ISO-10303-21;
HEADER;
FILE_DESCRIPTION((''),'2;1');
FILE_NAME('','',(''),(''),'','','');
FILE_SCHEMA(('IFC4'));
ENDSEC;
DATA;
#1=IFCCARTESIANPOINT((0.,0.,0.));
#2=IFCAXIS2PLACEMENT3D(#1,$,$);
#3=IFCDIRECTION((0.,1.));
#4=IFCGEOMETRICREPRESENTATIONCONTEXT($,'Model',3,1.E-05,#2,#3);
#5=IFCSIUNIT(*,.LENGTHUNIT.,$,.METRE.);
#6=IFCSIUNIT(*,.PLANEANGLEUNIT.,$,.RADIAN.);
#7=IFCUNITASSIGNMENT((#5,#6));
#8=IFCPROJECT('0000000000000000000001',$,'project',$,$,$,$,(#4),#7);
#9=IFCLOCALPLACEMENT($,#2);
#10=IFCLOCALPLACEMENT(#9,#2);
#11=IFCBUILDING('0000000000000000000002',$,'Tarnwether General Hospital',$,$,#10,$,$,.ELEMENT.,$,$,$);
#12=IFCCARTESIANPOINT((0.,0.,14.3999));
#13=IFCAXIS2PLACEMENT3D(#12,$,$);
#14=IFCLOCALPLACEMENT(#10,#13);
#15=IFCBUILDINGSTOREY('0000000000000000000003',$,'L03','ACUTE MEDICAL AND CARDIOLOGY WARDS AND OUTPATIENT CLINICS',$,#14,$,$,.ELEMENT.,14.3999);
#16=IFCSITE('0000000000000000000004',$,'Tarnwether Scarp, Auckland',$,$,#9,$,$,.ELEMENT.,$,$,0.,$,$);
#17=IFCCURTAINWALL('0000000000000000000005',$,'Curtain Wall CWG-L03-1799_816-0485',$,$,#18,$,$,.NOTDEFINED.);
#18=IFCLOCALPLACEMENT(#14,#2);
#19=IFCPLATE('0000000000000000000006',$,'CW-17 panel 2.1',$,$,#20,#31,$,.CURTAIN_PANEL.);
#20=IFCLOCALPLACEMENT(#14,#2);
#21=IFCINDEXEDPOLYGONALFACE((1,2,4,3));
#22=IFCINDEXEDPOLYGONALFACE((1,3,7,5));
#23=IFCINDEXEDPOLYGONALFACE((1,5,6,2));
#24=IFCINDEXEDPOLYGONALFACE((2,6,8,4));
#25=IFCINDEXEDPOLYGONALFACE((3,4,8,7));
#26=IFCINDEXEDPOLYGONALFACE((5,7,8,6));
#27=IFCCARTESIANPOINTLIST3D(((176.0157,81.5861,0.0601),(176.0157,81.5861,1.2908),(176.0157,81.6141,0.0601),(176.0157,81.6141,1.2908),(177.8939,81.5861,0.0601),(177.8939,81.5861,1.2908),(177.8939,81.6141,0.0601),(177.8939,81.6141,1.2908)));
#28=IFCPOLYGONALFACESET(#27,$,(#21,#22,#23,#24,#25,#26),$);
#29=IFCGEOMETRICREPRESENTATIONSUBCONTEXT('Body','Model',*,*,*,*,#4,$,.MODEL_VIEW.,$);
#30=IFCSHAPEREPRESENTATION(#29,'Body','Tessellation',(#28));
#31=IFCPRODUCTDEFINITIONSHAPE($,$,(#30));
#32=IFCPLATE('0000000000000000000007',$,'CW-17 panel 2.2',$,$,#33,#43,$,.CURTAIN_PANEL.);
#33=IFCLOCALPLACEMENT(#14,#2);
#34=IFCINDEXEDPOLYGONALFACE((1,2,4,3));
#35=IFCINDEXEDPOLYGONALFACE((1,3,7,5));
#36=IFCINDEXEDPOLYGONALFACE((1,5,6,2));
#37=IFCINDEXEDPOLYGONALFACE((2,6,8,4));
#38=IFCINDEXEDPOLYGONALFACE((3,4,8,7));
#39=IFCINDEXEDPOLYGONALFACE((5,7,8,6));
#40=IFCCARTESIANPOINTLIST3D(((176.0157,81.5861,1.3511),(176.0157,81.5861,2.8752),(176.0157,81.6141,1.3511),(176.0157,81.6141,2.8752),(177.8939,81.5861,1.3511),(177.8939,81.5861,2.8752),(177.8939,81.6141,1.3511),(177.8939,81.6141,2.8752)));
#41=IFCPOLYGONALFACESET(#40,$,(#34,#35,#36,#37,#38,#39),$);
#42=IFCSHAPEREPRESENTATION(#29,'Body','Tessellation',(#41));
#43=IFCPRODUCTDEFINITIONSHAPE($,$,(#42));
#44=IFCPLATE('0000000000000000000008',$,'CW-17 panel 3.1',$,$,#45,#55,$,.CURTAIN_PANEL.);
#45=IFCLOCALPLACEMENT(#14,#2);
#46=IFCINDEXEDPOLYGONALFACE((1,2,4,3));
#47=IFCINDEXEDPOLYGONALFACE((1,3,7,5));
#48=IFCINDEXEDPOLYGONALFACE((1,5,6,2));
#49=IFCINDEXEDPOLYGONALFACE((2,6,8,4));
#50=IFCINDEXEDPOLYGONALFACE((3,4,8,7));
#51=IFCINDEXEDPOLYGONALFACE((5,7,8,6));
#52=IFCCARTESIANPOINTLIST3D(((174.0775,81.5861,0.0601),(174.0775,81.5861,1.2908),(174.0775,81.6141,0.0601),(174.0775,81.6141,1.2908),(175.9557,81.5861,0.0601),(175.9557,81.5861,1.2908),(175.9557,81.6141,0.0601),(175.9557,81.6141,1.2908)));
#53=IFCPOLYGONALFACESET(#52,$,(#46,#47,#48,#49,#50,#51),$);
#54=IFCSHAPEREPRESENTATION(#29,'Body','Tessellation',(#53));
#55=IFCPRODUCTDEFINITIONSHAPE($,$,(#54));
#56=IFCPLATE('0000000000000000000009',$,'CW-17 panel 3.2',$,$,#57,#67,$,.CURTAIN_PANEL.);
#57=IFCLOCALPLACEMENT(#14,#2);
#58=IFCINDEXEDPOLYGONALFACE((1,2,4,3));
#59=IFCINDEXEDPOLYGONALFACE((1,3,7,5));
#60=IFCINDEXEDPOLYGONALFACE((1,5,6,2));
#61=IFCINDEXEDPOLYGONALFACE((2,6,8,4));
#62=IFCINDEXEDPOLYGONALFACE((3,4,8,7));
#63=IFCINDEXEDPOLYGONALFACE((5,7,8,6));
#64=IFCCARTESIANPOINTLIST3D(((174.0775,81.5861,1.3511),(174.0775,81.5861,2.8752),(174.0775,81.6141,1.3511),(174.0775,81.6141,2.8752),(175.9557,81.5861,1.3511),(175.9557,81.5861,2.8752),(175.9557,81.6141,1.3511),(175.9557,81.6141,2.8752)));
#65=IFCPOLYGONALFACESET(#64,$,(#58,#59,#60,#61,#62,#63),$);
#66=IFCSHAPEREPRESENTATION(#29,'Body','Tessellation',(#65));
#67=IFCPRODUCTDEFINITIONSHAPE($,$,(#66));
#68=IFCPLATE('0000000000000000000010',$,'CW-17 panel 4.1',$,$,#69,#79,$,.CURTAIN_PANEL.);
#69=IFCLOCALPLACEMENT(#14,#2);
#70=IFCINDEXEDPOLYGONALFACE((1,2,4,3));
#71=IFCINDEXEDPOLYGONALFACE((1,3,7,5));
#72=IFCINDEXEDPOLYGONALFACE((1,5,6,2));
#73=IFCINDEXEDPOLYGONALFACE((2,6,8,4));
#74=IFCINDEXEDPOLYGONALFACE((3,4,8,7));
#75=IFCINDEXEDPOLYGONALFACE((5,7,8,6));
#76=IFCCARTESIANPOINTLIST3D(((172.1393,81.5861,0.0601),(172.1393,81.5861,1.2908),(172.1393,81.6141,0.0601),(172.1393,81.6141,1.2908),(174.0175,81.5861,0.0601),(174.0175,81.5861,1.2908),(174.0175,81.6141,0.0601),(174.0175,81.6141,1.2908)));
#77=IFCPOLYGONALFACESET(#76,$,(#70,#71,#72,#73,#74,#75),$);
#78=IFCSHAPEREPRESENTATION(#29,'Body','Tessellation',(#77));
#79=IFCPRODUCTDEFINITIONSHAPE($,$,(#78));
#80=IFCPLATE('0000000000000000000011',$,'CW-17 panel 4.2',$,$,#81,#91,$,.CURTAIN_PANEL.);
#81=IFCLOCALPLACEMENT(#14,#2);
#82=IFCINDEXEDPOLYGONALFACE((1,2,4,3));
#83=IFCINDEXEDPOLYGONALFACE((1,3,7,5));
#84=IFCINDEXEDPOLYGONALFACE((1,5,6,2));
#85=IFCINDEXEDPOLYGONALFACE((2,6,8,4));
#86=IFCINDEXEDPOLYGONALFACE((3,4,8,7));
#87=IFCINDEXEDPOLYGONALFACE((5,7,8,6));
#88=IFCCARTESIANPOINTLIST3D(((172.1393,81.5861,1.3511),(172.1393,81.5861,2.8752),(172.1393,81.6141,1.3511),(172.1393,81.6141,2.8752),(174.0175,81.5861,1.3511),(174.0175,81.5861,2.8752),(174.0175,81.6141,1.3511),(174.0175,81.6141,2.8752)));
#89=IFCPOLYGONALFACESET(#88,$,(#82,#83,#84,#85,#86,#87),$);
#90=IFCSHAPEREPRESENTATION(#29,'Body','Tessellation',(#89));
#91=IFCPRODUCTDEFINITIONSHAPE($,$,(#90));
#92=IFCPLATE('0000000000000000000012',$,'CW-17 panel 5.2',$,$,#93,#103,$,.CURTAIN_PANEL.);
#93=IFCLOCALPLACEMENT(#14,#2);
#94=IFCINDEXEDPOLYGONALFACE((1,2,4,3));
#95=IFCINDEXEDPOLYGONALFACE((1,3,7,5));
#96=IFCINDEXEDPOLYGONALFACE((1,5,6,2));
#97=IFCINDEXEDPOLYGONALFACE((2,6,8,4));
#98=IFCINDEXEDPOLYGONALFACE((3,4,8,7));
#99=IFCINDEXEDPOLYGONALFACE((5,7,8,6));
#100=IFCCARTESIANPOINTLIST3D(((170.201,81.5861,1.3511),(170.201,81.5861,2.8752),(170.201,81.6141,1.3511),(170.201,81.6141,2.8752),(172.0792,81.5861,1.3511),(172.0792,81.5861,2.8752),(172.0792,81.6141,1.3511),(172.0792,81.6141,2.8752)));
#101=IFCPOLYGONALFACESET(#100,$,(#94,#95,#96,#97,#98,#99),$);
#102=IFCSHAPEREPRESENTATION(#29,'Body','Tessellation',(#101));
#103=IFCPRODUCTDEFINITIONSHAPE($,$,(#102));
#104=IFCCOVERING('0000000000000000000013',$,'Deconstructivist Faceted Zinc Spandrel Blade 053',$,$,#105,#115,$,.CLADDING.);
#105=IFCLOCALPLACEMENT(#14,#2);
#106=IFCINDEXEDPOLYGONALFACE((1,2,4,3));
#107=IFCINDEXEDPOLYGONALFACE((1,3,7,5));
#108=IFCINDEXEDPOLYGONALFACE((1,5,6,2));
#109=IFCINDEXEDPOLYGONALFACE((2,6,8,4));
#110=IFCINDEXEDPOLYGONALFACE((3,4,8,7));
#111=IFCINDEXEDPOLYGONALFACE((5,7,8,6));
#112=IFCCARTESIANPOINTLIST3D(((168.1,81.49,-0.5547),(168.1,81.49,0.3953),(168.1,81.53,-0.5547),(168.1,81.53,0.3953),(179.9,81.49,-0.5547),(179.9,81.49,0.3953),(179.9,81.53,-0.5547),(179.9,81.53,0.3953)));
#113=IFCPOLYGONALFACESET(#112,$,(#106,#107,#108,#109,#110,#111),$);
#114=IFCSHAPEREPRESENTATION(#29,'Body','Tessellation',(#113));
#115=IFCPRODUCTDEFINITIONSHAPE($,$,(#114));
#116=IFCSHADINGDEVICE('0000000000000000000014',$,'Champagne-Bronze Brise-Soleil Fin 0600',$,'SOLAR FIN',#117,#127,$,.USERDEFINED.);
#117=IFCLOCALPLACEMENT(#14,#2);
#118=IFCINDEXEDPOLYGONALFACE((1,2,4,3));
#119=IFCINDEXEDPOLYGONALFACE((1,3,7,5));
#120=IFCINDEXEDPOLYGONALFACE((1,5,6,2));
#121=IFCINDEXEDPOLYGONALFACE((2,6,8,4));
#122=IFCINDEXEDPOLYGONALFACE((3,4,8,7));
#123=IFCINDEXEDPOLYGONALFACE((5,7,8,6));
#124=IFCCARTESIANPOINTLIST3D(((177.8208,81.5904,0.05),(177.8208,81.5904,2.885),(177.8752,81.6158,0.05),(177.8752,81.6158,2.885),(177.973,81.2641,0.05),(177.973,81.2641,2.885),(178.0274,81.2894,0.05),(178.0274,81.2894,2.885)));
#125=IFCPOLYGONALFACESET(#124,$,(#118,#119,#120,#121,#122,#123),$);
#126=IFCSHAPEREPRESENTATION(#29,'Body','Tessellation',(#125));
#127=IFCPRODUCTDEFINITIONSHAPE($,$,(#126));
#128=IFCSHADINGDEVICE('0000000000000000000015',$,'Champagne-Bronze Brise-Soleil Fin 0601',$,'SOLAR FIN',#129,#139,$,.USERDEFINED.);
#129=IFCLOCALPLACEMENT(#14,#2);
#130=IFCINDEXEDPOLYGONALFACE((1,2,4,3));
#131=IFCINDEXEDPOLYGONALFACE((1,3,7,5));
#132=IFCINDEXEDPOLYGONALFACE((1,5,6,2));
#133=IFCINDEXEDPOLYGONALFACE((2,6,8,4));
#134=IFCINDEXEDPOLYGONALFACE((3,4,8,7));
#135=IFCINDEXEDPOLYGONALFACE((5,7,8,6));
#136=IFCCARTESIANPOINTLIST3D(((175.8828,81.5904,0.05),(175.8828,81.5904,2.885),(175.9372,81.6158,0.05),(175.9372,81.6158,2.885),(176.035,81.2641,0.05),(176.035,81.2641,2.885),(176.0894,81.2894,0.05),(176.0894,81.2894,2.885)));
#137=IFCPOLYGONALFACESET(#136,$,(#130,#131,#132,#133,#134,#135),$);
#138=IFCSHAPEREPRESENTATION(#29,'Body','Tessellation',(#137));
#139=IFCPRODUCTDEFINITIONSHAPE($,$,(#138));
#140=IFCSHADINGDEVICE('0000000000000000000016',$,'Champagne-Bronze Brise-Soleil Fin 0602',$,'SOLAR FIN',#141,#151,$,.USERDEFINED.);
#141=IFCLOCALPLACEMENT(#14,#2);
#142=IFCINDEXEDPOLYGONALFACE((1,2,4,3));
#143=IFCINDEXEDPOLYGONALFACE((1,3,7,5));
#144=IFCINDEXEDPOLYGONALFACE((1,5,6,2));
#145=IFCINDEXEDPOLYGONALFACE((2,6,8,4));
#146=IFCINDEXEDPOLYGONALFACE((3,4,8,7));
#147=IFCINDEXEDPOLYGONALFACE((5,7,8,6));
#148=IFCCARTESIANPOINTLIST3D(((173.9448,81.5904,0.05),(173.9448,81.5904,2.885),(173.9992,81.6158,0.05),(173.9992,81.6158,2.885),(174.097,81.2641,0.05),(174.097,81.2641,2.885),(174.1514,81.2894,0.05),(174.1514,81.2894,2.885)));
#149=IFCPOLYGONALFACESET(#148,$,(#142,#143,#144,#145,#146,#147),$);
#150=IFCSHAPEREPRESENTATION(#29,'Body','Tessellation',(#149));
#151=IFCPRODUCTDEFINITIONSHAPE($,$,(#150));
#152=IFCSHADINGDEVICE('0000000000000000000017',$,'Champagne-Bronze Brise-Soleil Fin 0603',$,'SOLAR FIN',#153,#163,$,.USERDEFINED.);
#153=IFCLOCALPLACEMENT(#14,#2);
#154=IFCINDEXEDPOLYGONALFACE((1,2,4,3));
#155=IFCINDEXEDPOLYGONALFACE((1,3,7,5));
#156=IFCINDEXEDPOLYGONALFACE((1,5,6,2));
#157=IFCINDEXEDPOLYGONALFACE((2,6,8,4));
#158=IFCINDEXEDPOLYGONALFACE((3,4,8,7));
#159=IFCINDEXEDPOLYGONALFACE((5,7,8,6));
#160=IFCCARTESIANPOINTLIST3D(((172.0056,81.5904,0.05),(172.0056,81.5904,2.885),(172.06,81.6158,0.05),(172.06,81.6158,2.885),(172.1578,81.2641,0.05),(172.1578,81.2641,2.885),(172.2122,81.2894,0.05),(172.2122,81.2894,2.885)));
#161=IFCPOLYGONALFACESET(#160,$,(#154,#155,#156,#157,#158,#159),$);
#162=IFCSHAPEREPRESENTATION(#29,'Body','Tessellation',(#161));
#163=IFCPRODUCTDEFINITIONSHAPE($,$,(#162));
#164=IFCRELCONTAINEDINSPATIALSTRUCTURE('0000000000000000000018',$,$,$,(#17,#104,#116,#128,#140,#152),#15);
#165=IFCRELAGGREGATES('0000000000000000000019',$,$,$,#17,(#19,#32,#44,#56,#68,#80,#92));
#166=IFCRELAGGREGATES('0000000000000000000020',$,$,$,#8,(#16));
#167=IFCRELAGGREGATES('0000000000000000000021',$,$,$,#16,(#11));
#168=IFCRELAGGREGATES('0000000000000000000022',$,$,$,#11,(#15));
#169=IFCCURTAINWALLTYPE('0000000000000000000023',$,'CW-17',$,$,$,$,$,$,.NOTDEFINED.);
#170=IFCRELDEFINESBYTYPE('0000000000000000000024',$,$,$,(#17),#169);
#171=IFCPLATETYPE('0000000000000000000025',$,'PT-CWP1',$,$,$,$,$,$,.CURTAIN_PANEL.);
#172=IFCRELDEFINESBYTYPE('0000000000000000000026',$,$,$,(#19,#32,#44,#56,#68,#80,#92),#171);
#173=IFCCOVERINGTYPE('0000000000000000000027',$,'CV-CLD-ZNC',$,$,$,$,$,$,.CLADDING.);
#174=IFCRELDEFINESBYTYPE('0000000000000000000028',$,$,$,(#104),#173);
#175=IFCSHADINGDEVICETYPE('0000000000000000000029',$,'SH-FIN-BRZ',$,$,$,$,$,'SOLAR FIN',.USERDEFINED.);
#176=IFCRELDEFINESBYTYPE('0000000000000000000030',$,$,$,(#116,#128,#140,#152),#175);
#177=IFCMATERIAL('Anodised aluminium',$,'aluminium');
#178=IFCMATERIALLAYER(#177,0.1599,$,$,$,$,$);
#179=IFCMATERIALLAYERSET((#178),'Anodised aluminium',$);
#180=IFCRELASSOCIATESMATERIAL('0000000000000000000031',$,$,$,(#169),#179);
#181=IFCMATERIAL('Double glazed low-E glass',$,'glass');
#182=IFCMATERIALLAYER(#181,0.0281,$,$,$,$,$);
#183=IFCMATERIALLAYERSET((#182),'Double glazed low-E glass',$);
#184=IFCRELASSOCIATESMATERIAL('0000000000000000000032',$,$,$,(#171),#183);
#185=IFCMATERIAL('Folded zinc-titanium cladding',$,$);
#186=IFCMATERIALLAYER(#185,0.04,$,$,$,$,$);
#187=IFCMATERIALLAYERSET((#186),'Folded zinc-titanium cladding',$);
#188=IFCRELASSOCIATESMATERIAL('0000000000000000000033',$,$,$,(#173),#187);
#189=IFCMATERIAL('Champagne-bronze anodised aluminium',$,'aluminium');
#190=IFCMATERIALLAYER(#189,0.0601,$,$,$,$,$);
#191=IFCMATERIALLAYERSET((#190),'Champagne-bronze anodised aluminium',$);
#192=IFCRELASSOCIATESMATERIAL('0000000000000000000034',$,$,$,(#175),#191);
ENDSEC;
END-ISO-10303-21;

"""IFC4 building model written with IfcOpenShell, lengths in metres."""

from ifc_helpers import new_model, si_unit, direction, frame, origin, origin_2d, place, context, subcontext, project, spatial, rectangle, extrude, material, layer, layer_set, type_object, element, aggregate, save


model = new_model("IFC4")

# Units and contexts
model_context = context("Model", 3, precision=1e-05, world=origin(), true_north=direction((0.0, 1.0)))
body_context = subcontext(model_context, "Body", "Model", "MODEL_VIEW")
ifc_project = project(units=[si_unit("LENGTHUNIT", "METRE"), si_unit("PLANEANGLEUNIT", "RADIAN")], contexts=[model_context])

# Site, building, storey
site_placement = place(None, origin())
site = spatial("IfcSite", under=ifc_project, at=site_placement, Name="Tarnwether Scarp, Auckland", CompositionType="ELEMENT", RefElevation=0.0)
building_placement = place(site_placement, origin())
building = spatial("IfcBuilding", under=site, at=building_placement, Name="Tarnwether General Hospital", CompositionType="ELEMENT")
storey_placement = place(building_placement, frame((0.0, 0.0, 14.3999)))
storey = spatial("IfcBuildingStorey", under=building, at=storey_placement, Name="L03", Description="ACUTE MEDICAL AND CARDIOLOGY WARDS AND OUTPATIENT CLINICS", CompositionType="ELEMENT", Elevation=14.3999)

# Curtain wall, plates
ifc_material_1 = material(Name="Anodised aluminium", Category="aluminium")
ifc_layer_1 = layer(ifc_material_1, 0.1599)
ifc_layer_set_1 = layer_set([ifc_layer_1], Name="Anodised aluminium")
curtain_wall_type = type_object("IfcCurtainWallType", Name="CW-17", PredefinedType="NOTDEFINED", material=ifc_layer_set_1)
curtain_wall_placement = place(storey_placement, origin())
curtain_wall = element("IfcCurtainWall", 1, at=curtain_wall_placement, inside=storey, type_object=curtain_wall_type, Name="Curtain Wall CWG-L03-1799_816-0485", PredefinedType="NOTDEFINED")
ifc_material_2 = material(Name="Double glazed low-E glass", Category="glass")
ifc_layer_2 = layer(ifc_material_2, 0.0281)
ifc_layer_set_2 = layer_set([ifc_layer_2], Name="Double glazed low-E glass")
plate_type = type_object("IfcPlateType", Name="PT-CWP1", PredefinedType="CURTAIN_PANEL", material=ifc_layer_set_2)
plate_1_placement = place(storey_placement, frame((176.9548, 81.6001, 0.0601), z_axis=(0.0, 0.0, 1.0), x_axis=(-1.0, 0.0, 0.0)))
plate_1 = element("IfcPlate", 2, at=plate_1_placement, type_object=plate_type, Name="CW-17 panel 2.1", PredefinedType="CURTAIN_PANEL", context=body_context, shape_type="SweptSolid", body=[
    extrude(rectangle(XDim=1.8782, YDim=0.0281, at=origin_2d()), origin(), (0.0, 0.0, 1.0), 1.2307),
])
plate_2_placement = place(storey_placement, frame((176.9548, 81.6001, 1.3511), z_axis=(0.0, 0.0, 1.0), x_axis=(-1.0, 0.0, 0.0)))
plate_2 = element("IfcPlate", 3, at=plate_2_placement, type_object=plate_type, Name="CW-17 panel 2.2", PredefinedType="CURTAIN_PANEL", context=body_context, shape_type="SweptSolid", body=[
    extrude(rectangle(XDim=1.8782, YDim=0.0281, at=origin_2d()), origin(), (0.0, 0.0, 1.0), 1.5242),
])
plate_3_placement = place(storey_placement, frame((175.0166, 81.6001, 0.0601), z_axis=(0.0, 0.0, 1.0), x_axis=(-1.0, 0.0, 0.0)))
plate_3 = element("IfcPlate", 4, at=plate_3_placement, type_object=plate_type, Name="CW-17 panel 3.1", PredefinedType="CURTAIN_PANEL", context=body_context, shape_type="SweptSolid", body=[
    extrude(rectangle(XDim=1.8782, YDim=0.0281, at=origin_2d()), origin(), (0.0, 0.0, 1.0), 1.2307),
])
plate_4_placement = place(storey_placement, frame((175.0166, 81.6001, 1.3511), z_axis=(0.0, 0.0, 1.0), x_axis=(-1.0, 0.0, 0.0)))
plate_4 = element("IfcPlate", 5, at=plate_4_placement, type_object=plate_type, Name="CW-17 panel 3.2", PredefinedType="CURTAIN_PANEL", context=body_context, shape_type="SweptSolid", body=[
    extrude(rectangle(XDim=1.8782, YDim=0.0281, at=origin_2d()), origin(), (0.0, 0.0, 1.0), 1.5242),
])
plate_5_placement = place(storey_placement, frame((173.0784, 81.6001, 0.0601), z_axis=(0.0, 0.0, 1.0), x_axis=(-1.0, 0.0, 0.0)))
plate_5 = element("IfcPlate", 6, at=plate_5_placement, type_object=plate_type, Name="CW-17 panel 4.1", PredefinedType="CURTAIN_PANEL", context=body_context, shape_type="SweptSolid", body=[
    extrude(rectangle(XDim=1.8782, YDim=0.0281, at=origin_2d()), origin(), (0.0, 0.0, 1.0), 1.2307),
])
plate_6_placement = place(storey_placement, frame((173.0784, 81.6001, 1.3511), z_axis=(0.0, 0.0, 1.0), x_axis=(-1.0, 0.0, 0.0)))
plate_6 = element("IfcPlate", 7, at=plate_6_placement, type_object=plate_type, Name="CW-17 panel 4.2", PredefinedType="CURTAIN_PANEL", context=body_context, shape_type="SweptSolid", body=[
    extrude(rectangle(XDim=1.8782, YDim=0.0281, at=origin_2d()), origin(), (0.0, 0.0, 1.0), 1.5242),
])
plate_7_placement = place(storey_placement, frame((171.1401, 81.6001, 1.3511), z_axis=(0.0, 0.0, 1.0), x_axis=(-1.0, 0.0, 0.0)))
plate_7 = element("IfcPlate", 8, at=plate_7_placement, type_object=plate_type, Name="CW-17 panel 5.2", PredefinedType="CURTAIN_PANEL", context=body_context, shape_type="SweptSolid", body=[
    extrude(rectangle(XDim=1.8782, YDim=0.0281, at=origin_2d()), origin(), (0.0, 0.0, 1.0), 1.5242),
])
aggregate(curtain_wall, [plate_1, plate_2, plate_3, plate_4, plate_5, plate_6, plate_7])

# Covering
ifc_material_3 = material(Name="Folded zinc-titanium cladding")
ifc_layer_3 = layer(ifc_material_3, 0.04)
ifc_layer_set_3 = layer_set([ifc_layer_3], Name="Folded zinc-titanium cladding")
covering_type = type_object("IfcCoveringType", Name="CV-CLD-ZNC", PredefinedType="CLADDING", material=ifc_layer_set_3)
covering_placement = place(storey_placement, frame((174.0, 81.51, -0.5547), z_axis=(0.0, 0.0, 1.0), x_axis=(1.0, 0.0, 0.0)))
element("IfcCovering", 9, at=covering_placement, inside=storey, type_object=covering_type, Name="Deconstructivist Faceted Zinc Spandrel Blade 053", PredefinedType="CLADDING", context=body_context, shape_type="SweptSolid", body=[
    extrude(rectangle(XDim=11.8, YDim=0.04, at=origin_2d()), origin(), (0.0, 0.0, 1.0), 0.95),
])

# Shading devices
ifc_material_4 = material(Name="Champagne-bronze anodised aluminium", Category="aluminium")
ifc_layer_4 = layer(ifc_material_4, 0.0601)
ifc_layer_set_4 = layer_set([ifc_layer_4], Name="Champagne-bronze anodised aluminium")
shading_device_type = type_object("IfcShadingDeviceType", Name="SH-FIN-BRZ", ElementType="SOLAR FIN", PredefinedType="USERDEFINED", material=ifc_layer_set_4)
for number, where, z_axis, x_axis, name in (
    (10, (177.9241, 81.4399, 0.05), (0.0, 0.0, 1.0), (-0.906308, -0.422618, 0.0), "Champagne-Bronze Brise-Soleil Fin 0600"),
    (11, (175.9861, 81.4399, 0.05), (0.0, 0.0, 1.0), (-0.906308, -0.422618, 0.0), "Champagne-Bronze Brise-Soleil Fin 0601"),
    (12, (174.0481, 81.4399, 0.05), (0.0, 0.0, 1.0), (-0.906308, -0.422618, 0.0), "Champagne-Bronze Brise-Soleil Fin 0602"),
    (13, (172.1089, 81.4399, 0.05), (0.0, 0.0, 1.0), (-0.906308, -0.422618, 0.0), "Champagne-Bronze Brise-Soleil Fin 0603"),
):
    element("IfcShadingDevice", number, at=place(storey_placement, frame(where, z_axis=z_axis, x_axis=x_axis)), inside=storey, type_object=shading_device_type, Name=name, ObjectType="SOLAR FIN", PredefinedType="USERDEFINED", context=body_context, shape_type="SweptSolid", body=[
        extrude(rectangle(XDim=0.0601, YDim=0.3601, at=origin_2d()), origin(), (0.0, 0.0, 1.0), 2.835),
    ])

save(model, "model.ifc")
